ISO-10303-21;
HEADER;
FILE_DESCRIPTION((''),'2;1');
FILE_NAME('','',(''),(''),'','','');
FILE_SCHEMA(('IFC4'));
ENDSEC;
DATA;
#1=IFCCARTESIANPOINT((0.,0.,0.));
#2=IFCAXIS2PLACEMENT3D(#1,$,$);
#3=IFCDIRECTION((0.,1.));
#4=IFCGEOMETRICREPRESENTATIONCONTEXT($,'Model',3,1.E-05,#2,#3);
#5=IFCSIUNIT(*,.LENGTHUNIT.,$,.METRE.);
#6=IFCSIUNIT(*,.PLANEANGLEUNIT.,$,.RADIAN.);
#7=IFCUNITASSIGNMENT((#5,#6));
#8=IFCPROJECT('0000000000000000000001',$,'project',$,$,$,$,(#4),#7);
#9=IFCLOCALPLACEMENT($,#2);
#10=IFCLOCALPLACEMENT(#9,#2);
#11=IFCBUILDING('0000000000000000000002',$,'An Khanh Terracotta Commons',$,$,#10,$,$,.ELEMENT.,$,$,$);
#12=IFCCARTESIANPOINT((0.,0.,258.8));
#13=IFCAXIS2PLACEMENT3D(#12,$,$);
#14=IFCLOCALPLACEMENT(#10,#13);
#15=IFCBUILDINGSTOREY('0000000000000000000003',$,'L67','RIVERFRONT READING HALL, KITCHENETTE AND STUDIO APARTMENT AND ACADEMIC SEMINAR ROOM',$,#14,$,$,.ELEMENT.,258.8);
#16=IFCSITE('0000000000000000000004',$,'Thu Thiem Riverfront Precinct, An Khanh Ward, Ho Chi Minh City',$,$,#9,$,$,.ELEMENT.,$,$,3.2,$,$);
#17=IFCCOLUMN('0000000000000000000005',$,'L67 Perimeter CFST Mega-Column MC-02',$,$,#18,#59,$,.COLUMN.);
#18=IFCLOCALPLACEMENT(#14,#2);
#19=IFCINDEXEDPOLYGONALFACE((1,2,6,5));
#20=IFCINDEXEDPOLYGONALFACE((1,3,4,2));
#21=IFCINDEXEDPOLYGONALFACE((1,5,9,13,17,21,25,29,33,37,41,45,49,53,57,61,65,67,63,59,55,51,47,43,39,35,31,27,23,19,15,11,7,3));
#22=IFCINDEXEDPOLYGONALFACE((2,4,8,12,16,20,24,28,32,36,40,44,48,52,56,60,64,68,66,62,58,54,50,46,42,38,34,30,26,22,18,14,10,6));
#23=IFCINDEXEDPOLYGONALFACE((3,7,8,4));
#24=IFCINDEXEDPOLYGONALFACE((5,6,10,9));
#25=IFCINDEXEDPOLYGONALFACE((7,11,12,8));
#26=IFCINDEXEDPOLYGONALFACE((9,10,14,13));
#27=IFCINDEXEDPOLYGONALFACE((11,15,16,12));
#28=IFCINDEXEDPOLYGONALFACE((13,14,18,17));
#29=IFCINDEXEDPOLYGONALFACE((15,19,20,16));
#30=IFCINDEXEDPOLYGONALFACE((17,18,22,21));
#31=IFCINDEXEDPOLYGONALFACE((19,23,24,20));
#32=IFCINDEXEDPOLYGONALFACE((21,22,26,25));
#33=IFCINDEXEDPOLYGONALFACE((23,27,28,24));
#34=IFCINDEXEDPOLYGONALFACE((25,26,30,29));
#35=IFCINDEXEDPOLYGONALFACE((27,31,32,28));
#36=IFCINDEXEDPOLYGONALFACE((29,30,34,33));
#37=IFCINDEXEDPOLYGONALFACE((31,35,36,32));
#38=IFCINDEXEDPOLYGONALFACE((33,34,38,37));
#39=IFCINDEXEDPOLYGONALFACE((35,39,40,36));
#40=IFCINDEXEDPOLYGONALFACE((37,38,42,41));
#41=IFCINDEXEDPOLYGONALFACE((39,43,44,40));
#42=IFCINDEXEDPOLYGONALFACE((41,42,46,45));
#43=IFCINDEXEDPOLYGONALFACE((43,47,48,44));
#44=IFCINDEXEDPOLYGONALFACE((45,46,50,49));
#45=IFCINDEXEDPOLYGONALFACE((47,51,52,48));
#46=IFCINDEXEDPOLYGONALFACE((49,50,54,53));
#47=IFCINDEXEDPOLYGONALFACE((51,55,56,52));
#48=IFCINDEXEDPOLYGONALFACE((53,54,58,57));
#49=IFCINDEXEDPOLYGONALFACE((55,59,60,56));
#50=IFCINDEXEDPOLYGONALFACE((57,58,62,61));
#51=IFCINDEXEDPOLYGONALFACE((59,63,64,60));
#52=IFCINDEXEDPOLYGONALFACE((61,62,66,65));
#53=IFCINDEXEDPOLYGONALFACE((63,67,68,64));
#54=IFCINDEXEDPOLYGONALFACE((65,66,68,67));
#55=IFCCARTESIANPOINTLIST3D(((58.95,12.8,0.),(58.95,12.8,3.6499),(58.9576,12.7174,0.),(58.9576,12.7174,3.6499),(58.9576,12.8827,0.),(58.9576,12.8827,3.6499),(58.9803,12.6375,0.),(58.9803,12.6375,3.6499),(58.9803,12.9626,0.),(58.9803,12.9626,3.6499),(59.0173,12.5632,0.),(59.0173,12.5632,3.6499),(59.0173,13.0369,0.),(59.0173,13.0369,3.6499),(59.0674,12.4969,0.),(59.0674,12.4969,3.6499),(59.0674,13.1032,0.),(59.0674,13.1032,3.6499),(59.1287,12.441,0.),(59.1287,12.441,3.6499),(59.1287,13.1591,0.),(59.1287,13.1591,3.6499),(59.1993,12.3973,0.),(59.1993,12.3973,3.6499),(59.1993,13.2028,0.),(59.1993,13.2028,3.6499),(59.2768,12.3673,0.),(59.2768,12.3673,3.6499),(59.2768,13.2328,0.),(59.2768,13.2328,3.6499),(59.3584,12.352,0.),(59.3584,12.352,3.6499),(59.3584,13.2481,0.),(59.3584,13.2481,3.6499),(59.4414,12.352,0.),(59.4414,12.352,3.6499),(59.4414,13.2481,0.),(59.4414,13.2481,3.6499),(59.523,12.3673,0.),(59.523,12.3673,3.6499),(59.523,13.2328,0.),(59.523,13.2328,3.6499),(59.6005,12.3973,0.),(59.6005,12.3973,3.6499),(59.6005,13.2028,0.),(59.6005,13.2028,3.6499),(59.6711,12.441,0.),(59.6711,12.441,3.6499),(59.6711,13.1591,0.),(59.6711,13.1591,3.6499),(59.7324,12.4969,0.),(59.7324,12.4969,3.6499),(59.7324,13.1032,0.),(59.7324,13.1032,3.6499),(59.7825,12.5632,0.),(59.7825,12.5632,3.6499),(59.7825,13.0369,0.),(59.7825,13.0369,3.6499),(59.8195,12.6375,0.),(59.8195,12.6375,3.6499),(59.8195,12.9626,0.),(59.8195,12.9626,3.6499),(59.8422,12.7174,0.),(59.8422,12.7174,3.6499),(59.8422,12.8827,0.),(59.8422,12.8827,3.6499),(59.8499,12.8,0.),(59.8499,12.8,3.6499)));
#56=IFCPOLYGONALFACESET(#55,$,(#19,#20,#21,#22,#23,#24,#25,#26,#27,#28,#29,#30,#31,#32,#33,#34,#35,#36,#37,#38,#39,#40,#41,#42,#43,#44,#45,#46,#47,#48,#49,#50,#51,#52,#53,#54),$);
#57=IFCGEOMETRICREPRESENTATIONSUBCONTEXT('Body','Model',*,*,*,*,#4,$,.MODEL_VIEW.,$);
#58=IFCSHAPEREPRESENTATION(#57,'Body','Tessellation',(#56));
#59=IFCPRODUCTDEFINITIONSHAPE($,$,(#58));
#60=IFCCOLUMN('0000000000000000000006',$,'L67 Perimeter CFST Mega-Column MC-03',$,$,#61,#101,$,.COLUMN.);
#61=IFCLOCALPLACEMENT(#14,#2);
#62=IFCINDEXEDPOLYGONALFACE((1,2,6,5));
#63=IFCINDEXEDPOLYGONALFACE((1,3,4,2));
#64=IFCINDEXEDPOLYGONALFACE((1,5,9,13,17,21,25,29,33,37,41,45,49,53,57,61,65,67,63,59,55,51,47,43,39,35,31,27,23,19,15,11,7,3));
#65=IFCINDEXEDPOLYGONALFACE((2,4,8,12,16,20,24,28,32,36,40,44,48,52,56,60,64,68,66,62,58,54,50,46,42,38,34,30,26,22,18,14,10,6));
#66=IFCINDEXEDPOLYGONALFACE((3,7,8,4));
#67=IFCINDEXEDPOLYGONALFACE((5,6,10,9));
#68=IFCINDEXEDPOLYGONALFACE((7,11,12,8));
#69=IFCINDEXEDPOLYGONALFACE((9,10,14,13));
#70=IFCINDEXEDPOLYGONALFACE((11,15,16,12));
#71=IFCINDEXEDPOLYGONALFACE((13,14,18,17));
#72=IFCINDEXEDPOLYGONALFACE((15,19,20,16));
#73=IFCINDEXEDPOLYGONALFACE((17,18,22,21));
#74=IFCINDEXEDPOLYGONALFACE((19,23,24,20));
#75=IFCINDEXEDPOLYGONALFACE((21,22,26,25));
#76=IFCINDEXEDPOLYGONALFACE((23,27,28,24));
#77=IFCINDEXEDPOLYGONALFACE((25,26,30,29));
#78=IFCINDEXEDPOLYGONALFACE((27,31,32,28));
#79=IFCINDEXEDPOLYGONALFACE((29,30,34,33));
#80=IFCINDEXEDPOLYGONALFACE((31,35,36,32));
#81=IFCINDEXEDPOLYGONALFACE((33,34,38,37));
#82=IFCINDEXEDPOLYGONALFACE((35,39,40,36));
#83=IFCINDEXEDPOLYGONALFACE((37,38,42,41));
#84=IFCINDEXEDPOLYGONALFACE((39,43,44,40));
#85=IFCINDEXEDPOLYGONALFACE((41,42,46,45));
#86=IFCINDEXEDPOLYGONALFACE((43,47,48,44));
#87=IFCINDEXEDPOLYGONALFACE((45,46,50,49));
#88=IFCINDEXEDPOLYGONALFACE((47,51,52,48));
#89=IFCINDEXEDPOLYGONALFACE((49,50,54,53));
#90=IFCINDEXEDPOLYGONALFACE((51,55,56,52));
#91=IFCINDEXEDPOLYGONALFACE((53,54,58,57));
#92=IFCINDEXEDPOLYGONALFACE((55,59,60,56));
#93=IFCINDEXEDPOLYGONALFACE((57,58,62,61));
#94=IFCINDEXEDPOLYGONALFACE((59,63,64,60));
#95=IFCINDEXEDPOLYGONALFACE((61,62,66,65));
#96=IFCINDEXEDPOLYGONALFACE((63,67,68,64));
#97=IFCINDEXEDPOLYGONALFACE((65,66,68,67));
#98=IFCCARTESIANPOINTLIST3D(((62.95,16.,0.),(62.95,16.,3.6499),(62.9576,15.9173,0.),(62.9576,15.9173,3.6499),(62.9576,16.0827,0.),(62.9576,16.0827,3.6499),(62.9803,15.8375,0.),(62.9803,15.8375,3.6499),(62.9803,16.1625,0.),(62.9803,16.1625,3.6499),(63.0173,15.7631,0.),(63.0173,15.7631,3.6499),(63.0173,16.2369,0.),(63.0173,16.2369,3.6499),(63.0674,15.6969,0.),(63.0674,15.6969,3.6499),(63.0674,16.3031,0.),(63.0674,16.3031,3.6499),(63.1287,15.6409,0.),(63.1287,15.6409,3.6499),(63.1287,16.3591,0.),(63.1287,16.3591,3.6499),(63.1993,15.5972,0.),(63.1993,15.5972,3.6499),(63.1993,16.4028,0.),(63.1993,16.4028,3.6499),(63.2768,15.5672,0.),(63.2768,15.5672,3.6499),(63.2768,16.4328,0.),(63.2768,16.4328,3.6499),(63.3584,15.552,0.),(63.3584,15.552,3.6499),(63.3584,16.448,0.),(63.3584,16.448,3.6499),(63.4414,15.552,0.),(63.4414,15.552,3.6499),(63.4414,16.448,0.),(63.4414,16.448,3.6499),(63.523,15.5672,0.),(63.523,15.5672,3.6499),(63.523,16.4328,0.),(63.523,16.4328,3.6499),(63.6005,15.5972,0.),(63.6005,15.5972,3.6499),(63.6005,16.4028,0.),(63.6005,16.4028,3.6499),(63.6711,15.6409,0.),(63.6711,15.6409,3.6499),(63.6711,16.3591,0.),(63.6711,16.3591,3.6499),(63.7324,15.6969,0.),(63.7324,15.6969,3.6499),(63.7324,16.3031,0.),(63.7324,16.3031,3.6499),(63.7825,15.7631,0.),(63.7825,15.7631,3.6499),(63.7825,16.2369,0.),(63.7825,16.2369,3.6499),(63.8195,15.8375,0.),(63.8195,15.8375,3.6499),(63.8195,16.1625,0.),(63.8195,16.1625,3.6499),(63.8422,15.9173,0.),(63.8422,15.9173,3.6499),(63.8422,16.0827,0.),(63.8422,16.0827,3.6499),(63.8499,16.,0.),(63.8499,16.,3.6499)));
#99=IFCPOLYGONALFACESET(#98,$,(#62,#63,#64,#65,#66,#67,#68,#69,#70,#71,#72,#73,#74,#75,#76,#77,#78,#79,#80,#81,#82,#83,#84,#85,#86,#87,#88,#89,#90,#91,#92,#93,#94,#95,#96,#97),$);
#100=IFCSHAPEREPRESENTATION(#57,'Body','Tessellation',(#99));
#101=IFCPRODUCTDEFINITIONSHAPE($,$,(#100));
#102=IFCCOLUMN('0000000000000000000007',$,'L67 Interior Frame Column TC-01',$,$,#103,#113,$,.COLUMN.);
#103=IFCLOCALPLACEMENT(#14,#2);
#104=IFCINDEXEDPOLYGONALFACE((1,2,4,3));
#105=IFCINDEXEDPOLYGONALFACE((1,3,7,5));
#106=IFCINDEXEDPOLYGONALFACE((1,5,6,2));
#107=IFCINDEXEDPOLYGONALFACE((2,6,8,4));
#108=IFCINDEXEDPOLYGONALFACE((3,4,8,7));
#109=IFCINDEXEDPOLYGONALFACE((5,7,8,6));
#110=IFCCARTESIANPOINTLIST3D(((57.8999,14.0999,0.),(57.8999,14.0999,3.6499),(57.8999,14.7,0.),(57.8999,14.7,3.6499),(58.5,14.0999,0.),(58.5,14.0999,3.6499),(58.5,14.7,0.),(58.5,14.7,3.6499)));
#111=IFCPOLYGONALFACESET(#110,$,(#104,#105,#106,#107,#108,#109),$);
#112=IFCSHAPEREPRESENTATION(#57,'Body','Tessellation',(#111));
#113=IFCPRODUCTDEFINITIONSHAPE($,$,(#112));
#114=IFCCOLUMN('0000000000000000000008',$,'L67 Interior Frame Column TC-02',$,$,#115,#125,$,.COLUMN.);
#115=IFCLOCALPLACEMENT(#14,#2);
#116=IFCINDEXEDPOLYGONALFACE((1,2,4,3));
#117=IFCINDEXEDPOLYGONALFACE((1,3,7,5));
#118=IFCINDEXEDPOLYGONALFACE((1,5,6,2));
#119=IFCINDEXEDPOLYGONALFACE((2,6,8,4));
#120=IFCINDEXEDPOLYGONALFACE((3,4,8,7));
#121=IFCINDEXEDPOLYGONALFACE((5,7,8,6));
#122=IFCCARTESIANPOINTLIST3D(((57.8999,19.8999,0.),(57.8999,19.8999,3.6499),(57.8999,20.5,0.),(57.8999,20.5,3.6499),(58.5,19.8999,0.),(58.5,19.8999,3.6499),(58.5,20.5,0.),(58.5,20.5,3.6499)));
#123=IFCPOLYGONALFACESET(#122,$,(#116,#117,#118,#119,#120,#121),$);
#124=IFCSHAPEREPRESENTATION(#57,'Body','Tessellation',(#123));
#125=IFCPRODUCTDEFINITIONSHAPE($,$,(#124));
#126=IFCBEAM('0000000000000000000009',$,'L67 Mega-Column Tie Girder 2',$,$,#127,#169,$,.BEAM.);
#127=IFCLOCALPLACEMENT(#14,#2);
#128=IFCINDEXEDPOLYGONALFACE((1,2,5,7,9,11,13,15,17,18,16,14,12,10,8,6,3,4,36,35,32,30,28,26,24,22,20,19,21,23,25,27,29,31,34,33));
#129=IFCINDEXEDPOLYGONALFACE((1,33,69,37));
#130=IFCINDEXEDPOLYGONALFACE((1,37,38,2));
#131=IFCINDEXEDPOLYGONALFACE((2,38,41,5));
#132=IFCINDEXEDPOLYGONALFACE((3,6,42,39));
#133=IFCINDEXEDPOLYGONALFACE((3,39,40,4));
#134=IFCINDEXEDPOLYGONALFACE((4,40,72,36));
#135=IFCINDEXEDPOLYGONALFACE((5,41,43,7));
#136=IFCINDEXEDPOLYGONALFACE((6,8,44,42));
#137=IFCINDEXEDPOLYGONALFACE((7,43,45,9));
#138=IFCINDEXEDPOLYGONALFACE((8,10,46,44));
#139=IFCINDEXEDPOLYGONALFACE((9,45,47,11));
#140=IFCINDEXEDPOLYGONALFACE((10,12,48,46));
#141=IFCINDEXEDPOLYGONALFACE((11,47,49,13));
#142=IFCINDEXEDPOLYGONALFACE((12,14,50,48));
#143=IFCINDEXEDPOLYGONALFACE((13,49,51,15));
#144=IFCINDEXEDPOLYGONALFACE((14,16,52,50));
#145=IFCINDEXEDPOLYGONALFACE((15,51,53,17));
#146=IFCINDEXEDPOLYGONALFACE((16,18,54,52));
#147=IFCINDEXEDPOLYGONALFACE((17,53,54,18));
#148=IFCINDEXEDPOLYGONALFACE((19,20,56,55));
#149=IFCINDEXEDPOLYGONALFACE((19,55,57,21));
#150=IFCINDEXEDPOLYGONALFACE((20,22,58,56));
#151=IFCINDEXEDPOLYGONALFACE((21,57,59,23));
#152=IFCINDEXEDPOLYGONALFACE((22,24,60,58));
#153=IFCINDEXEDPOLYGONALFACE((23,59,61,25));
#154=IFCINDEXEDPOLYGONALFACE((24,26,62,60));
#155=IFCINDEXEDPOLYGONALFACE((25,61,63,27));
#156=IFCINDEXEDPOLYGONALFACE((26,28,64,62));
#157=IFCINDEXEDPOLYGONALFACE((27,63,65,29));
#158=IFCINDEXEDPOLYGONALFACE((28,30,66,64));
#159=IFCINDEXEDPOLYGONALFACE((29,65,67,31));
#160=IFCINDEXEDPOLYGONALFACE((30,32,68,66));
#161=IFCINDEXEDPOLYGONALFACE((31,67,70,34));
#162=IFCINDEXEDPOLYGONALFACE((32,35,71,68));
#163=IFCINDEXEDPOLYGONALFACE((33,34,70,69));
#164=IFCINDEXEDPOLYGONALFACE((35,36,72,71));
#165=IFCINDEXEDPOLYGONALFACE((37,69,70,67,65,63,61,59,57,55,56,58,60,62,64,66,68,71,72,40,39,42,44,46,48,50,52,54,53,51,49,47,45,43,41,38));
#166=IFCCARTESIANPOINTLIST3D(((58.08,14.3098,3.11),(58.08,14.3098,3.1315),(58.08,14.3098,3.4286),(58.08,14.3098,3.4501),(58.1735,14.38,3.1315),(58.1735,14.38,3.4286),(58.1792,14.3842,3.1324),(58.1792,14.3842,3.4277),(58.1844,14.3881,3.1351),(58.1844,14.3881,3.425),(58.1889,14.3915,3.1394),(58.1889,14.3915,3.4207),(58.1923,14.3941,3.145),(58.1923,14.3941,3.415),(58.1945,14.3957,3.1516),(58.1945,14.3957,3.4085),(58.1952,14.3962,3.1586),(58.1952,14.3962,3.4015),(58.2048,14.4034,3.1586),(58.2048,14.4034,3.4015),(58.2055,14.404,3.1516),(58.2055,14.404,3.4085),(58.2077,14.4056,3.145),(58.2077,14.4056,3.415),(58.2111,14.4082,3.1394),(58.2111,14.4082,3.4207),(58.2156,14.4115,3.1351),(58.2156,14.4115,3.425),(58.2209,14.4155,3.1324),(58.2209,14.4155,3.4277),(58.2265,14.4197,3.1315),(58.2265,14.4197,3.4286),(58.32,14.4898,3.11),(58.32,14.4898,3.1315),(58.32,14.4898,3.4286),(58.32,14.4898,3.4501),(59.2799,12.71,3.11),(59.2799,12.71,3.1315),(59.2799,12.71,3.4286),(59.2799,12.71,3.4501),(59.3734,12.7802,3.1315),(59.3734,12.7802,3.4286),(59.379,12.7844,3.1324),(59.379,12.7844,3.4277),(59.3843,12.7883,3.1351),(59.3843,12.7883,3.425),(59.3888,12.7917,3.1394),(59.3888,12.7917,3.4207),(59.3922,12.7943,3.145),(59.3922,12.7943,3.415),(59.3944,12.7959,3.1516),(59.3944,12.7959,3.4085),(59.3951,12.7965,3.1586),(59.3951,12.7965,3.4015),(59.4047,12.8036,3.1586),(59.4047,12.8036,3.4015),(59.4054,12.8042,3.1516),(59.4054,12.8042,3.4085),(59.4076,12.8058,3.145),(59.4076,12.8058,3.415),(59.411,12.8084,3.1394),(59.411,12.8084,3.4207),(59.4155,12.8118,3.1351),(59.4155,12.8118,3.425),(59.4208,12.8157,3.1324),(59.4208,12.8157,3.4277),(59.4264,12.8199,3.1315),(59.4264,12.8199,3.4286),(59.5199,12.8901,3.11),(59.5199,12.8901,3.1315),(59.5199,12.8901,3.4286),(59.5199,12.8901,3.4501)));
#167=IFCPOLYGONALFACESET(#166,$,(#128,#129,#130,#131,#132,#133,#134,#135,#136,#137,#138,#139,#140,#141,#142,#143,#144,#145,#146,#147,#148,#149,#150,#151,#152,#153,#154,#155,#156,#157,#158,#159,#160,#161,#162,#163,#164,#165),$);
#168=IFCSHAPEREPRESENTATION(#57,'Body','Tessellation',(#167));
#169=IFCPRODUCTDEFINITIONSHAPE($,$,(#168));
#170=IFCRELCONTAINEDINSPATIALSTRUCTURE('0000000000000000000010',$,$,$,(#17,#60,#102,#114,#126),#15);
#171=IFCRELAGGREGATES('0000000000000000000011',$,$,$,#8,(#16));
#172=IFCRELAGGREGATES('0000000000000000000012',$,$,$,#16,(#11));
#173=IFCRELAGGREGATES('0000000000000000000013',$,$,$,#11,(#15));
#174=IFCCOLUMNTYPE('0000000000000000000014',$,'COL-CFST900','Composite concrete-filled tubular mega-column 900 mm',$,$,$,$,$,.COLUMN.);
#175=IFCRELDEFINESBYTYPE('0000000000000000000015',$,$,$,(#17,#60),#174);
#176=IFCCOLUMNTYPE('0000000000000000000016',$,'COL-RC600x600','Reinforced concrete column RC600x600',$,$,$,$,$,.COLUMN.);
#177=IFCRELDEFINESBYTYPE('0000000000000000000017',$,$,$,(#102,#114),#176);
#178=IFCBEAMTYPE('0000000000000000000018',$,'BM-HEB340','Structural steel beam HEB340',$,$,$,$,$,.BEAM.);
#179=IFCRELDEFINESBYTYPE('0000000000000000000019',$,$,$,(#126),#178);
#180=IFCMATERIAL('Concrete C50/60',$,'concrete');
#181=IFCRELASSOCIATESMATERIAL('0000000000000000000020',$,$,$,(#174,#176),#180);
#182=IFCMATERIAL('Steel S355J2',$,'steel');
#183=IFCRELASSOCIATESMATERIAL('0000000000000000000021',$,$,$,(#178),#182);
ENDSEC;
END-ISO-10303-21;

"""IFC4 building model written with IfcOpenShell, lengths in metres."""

from ifc_helpers import new_model, si_unit, direction, frame, origin, origin_2d, place, context, subcontext, project, spatial, rectangle, circle, i_section, extrude, material, material_profile, profile_set, type_object, element, save


model = new_model("IFC4")

# Units and contexts
model_context = context("Model", 3, precision=1e-05, world=origin(), true_north=direction((0.0, 1.0)))
body_context = subcontext(model_context, "Body", "Model", "MODEL_VIEW")
ifc_project = project(units=[si_unit("LENGTHUNIT", "METRE"), si_unit("PLANEANGLEUNIT", "RADIAN")], contexts=[model_context])

# Site, building, storey
site_placement = place(None, origin())
site = spatial("IfcSite", under=ifc_project, at=site_placement, Name="Thu Thiem Riverfront Precinct, An Khanh Ward, Ho Chi Minh City", CompositionType="ELEMENT", RefElevation=3.2)
building_placement = place(site_placement, origin())
building = spatial("IfcBuilding", under=site, at=building_placement, Name="An Khanh Terracotta Commons", CompositionType="ELEMENT")
storey_placement = place(building_placement, frame((0.0, 0.0, 258.8)))
storey = spatial("IfcBuildingStorey", under=building, at=storey_placement, Name="L67", Description="RIVERFRONT READING HALL, KITCHENETTE AND STUDIO APARTMENT AND ACADEMIC SEMINAR ROOM", CompositionType="ELEMENT", Elevation=258.8)

# Columns
ifc_material_1 = material(Name="Concrete C50/60", Category="concrete")
ifc_material_profile_1 = material_profile(ifc_material_1, circle(Radius=0.45, at=origin_2d()), Name="CFST900")
ifc_profile_set_1 = profile_set([ifc_material_profile_1], Name="Concrete C50/60")
column_type_1 = type_object("IfcColumnType", Name="COL-CFST900", Description="Composite concrete-filled tubular mega-column 900 mm", PredefinedType="COLUMN", material=ifc_profile_set_1)
for number, where, z_axis, x_axis, name in (
    (1, (59.3999, 12.8, 0.0), (0.0, 0.0, 1.0), (1.0, 0.0, 0.0), "L67 Perimeter CFST Mega-Column MC-02"),
    (2, (63.3999, 16.0, 0.0), (0.0, 0.0, 1.0), (1.0, 0.0, 0.0), "L67 Perimeter CFST Mega-Column MC-03"),
):
    element("IfcColumn", number, at=place(storey_placement, frame(where, z_axis=z_axis, x_axis=x_axis)), inside=storey, type_object=column_type_1, Name=name, PredefinedType="COLUMN", context=body_context, shape_type="SweptSolid", body=[
        extrude(circle(Radius=0.45, at=origin_2d()), origin(), (0.0, 0.0, 1.0), 3.6499),
    ])
ifc_material_profile_2 = material_profile(ifc_material_1, rectangle(XDim=0.6001, YDim=0.6001, at=origin_2d()), Name="RC600x600")
ifc_profile_set_2 = profile_set([ifc_material_profile_2], Name="Concrete C50/60")
column_type_2 = type_object("IfcColumnType", Name="COL-RC600x600", Description="Reinforced concrete column RC600x600", PredefinedType="COLUMN", material=ifc_profile_set_2)
for number, where, z_axis, x_axis, name in (
    (3, (58.2, 14.3999, 0.0), (0.0, 0.0, 1.0), (1.0, 0.0, 0.0), "L67 Interior Frame Column TC-01"),
    (4, (58.2, 20.2, 0.0), (0.0, 0.0, 1.0), (1.0, 0.0, 0.0), "L67 Interior Frame Column TC-02"),
):
    element("IfcColumn", number, at=place(storey_placement, frame(where, z_axis=z_axis, x_axis=x_axis)), inside=storey, type_object=column_type_2, Name=name, PredefinedType="COLUMN", context=body_context, shape_type="SweptSolid", body=[
        extrude(rectangle(XDim=0.6001, YDim=0.6001, at=origin_2d()), origin(), (0.0, 0.0, 1.0), 3.6499),
    ])

# Beam
ifc_material_2 = material(Name="Steel S355J2", Category="steel")
ifc_material_profile_3 = material_profile(ifc_material_2, i_section(OverallWidth=0.3, OverallDepth=0.3401, WebThickness=0.012, FlangeThickness=0.0215, FilletRadius=0.0271, at=origin_2d()), Name="HEB340")
ifc_profile_set_3 = profile_set([ifc_material_profile_3], Name="Steel S355J2")
beam_type_1 = type_object("IfcBeamType", Name="BM-HEB340", Description="Structural steel beam HEB340", PredefinedType="BEAM", material=ifc_profile_set_3)
beam_1_placement = place(storey_placement, frame((59.3999, 12.8, 3.28), z_axis=(-0.60002, 0.799985, 0.0), x_axis=(-0.799985, -0.60002, 0.0)))
element("IfcBeam", 5, at=beam_1_placement, inside=storey, type_object=beam_type_1, Name="L67 Mega-Column Tie Girder 2", PredefinedType="BEAM", context=body_context, shape_type="SweptSolid", body=[
    extrude(i_section(OverallWidth=0.3, OverallDepth=0.3401, WebThickness=0.012, FlangeThickness=0.0215, FilletRadius=0.0271, at=origin_2d()), origin(), (0.0, 0.0, 1.0), 1.9998),
])

save(model, "model.ifc")
